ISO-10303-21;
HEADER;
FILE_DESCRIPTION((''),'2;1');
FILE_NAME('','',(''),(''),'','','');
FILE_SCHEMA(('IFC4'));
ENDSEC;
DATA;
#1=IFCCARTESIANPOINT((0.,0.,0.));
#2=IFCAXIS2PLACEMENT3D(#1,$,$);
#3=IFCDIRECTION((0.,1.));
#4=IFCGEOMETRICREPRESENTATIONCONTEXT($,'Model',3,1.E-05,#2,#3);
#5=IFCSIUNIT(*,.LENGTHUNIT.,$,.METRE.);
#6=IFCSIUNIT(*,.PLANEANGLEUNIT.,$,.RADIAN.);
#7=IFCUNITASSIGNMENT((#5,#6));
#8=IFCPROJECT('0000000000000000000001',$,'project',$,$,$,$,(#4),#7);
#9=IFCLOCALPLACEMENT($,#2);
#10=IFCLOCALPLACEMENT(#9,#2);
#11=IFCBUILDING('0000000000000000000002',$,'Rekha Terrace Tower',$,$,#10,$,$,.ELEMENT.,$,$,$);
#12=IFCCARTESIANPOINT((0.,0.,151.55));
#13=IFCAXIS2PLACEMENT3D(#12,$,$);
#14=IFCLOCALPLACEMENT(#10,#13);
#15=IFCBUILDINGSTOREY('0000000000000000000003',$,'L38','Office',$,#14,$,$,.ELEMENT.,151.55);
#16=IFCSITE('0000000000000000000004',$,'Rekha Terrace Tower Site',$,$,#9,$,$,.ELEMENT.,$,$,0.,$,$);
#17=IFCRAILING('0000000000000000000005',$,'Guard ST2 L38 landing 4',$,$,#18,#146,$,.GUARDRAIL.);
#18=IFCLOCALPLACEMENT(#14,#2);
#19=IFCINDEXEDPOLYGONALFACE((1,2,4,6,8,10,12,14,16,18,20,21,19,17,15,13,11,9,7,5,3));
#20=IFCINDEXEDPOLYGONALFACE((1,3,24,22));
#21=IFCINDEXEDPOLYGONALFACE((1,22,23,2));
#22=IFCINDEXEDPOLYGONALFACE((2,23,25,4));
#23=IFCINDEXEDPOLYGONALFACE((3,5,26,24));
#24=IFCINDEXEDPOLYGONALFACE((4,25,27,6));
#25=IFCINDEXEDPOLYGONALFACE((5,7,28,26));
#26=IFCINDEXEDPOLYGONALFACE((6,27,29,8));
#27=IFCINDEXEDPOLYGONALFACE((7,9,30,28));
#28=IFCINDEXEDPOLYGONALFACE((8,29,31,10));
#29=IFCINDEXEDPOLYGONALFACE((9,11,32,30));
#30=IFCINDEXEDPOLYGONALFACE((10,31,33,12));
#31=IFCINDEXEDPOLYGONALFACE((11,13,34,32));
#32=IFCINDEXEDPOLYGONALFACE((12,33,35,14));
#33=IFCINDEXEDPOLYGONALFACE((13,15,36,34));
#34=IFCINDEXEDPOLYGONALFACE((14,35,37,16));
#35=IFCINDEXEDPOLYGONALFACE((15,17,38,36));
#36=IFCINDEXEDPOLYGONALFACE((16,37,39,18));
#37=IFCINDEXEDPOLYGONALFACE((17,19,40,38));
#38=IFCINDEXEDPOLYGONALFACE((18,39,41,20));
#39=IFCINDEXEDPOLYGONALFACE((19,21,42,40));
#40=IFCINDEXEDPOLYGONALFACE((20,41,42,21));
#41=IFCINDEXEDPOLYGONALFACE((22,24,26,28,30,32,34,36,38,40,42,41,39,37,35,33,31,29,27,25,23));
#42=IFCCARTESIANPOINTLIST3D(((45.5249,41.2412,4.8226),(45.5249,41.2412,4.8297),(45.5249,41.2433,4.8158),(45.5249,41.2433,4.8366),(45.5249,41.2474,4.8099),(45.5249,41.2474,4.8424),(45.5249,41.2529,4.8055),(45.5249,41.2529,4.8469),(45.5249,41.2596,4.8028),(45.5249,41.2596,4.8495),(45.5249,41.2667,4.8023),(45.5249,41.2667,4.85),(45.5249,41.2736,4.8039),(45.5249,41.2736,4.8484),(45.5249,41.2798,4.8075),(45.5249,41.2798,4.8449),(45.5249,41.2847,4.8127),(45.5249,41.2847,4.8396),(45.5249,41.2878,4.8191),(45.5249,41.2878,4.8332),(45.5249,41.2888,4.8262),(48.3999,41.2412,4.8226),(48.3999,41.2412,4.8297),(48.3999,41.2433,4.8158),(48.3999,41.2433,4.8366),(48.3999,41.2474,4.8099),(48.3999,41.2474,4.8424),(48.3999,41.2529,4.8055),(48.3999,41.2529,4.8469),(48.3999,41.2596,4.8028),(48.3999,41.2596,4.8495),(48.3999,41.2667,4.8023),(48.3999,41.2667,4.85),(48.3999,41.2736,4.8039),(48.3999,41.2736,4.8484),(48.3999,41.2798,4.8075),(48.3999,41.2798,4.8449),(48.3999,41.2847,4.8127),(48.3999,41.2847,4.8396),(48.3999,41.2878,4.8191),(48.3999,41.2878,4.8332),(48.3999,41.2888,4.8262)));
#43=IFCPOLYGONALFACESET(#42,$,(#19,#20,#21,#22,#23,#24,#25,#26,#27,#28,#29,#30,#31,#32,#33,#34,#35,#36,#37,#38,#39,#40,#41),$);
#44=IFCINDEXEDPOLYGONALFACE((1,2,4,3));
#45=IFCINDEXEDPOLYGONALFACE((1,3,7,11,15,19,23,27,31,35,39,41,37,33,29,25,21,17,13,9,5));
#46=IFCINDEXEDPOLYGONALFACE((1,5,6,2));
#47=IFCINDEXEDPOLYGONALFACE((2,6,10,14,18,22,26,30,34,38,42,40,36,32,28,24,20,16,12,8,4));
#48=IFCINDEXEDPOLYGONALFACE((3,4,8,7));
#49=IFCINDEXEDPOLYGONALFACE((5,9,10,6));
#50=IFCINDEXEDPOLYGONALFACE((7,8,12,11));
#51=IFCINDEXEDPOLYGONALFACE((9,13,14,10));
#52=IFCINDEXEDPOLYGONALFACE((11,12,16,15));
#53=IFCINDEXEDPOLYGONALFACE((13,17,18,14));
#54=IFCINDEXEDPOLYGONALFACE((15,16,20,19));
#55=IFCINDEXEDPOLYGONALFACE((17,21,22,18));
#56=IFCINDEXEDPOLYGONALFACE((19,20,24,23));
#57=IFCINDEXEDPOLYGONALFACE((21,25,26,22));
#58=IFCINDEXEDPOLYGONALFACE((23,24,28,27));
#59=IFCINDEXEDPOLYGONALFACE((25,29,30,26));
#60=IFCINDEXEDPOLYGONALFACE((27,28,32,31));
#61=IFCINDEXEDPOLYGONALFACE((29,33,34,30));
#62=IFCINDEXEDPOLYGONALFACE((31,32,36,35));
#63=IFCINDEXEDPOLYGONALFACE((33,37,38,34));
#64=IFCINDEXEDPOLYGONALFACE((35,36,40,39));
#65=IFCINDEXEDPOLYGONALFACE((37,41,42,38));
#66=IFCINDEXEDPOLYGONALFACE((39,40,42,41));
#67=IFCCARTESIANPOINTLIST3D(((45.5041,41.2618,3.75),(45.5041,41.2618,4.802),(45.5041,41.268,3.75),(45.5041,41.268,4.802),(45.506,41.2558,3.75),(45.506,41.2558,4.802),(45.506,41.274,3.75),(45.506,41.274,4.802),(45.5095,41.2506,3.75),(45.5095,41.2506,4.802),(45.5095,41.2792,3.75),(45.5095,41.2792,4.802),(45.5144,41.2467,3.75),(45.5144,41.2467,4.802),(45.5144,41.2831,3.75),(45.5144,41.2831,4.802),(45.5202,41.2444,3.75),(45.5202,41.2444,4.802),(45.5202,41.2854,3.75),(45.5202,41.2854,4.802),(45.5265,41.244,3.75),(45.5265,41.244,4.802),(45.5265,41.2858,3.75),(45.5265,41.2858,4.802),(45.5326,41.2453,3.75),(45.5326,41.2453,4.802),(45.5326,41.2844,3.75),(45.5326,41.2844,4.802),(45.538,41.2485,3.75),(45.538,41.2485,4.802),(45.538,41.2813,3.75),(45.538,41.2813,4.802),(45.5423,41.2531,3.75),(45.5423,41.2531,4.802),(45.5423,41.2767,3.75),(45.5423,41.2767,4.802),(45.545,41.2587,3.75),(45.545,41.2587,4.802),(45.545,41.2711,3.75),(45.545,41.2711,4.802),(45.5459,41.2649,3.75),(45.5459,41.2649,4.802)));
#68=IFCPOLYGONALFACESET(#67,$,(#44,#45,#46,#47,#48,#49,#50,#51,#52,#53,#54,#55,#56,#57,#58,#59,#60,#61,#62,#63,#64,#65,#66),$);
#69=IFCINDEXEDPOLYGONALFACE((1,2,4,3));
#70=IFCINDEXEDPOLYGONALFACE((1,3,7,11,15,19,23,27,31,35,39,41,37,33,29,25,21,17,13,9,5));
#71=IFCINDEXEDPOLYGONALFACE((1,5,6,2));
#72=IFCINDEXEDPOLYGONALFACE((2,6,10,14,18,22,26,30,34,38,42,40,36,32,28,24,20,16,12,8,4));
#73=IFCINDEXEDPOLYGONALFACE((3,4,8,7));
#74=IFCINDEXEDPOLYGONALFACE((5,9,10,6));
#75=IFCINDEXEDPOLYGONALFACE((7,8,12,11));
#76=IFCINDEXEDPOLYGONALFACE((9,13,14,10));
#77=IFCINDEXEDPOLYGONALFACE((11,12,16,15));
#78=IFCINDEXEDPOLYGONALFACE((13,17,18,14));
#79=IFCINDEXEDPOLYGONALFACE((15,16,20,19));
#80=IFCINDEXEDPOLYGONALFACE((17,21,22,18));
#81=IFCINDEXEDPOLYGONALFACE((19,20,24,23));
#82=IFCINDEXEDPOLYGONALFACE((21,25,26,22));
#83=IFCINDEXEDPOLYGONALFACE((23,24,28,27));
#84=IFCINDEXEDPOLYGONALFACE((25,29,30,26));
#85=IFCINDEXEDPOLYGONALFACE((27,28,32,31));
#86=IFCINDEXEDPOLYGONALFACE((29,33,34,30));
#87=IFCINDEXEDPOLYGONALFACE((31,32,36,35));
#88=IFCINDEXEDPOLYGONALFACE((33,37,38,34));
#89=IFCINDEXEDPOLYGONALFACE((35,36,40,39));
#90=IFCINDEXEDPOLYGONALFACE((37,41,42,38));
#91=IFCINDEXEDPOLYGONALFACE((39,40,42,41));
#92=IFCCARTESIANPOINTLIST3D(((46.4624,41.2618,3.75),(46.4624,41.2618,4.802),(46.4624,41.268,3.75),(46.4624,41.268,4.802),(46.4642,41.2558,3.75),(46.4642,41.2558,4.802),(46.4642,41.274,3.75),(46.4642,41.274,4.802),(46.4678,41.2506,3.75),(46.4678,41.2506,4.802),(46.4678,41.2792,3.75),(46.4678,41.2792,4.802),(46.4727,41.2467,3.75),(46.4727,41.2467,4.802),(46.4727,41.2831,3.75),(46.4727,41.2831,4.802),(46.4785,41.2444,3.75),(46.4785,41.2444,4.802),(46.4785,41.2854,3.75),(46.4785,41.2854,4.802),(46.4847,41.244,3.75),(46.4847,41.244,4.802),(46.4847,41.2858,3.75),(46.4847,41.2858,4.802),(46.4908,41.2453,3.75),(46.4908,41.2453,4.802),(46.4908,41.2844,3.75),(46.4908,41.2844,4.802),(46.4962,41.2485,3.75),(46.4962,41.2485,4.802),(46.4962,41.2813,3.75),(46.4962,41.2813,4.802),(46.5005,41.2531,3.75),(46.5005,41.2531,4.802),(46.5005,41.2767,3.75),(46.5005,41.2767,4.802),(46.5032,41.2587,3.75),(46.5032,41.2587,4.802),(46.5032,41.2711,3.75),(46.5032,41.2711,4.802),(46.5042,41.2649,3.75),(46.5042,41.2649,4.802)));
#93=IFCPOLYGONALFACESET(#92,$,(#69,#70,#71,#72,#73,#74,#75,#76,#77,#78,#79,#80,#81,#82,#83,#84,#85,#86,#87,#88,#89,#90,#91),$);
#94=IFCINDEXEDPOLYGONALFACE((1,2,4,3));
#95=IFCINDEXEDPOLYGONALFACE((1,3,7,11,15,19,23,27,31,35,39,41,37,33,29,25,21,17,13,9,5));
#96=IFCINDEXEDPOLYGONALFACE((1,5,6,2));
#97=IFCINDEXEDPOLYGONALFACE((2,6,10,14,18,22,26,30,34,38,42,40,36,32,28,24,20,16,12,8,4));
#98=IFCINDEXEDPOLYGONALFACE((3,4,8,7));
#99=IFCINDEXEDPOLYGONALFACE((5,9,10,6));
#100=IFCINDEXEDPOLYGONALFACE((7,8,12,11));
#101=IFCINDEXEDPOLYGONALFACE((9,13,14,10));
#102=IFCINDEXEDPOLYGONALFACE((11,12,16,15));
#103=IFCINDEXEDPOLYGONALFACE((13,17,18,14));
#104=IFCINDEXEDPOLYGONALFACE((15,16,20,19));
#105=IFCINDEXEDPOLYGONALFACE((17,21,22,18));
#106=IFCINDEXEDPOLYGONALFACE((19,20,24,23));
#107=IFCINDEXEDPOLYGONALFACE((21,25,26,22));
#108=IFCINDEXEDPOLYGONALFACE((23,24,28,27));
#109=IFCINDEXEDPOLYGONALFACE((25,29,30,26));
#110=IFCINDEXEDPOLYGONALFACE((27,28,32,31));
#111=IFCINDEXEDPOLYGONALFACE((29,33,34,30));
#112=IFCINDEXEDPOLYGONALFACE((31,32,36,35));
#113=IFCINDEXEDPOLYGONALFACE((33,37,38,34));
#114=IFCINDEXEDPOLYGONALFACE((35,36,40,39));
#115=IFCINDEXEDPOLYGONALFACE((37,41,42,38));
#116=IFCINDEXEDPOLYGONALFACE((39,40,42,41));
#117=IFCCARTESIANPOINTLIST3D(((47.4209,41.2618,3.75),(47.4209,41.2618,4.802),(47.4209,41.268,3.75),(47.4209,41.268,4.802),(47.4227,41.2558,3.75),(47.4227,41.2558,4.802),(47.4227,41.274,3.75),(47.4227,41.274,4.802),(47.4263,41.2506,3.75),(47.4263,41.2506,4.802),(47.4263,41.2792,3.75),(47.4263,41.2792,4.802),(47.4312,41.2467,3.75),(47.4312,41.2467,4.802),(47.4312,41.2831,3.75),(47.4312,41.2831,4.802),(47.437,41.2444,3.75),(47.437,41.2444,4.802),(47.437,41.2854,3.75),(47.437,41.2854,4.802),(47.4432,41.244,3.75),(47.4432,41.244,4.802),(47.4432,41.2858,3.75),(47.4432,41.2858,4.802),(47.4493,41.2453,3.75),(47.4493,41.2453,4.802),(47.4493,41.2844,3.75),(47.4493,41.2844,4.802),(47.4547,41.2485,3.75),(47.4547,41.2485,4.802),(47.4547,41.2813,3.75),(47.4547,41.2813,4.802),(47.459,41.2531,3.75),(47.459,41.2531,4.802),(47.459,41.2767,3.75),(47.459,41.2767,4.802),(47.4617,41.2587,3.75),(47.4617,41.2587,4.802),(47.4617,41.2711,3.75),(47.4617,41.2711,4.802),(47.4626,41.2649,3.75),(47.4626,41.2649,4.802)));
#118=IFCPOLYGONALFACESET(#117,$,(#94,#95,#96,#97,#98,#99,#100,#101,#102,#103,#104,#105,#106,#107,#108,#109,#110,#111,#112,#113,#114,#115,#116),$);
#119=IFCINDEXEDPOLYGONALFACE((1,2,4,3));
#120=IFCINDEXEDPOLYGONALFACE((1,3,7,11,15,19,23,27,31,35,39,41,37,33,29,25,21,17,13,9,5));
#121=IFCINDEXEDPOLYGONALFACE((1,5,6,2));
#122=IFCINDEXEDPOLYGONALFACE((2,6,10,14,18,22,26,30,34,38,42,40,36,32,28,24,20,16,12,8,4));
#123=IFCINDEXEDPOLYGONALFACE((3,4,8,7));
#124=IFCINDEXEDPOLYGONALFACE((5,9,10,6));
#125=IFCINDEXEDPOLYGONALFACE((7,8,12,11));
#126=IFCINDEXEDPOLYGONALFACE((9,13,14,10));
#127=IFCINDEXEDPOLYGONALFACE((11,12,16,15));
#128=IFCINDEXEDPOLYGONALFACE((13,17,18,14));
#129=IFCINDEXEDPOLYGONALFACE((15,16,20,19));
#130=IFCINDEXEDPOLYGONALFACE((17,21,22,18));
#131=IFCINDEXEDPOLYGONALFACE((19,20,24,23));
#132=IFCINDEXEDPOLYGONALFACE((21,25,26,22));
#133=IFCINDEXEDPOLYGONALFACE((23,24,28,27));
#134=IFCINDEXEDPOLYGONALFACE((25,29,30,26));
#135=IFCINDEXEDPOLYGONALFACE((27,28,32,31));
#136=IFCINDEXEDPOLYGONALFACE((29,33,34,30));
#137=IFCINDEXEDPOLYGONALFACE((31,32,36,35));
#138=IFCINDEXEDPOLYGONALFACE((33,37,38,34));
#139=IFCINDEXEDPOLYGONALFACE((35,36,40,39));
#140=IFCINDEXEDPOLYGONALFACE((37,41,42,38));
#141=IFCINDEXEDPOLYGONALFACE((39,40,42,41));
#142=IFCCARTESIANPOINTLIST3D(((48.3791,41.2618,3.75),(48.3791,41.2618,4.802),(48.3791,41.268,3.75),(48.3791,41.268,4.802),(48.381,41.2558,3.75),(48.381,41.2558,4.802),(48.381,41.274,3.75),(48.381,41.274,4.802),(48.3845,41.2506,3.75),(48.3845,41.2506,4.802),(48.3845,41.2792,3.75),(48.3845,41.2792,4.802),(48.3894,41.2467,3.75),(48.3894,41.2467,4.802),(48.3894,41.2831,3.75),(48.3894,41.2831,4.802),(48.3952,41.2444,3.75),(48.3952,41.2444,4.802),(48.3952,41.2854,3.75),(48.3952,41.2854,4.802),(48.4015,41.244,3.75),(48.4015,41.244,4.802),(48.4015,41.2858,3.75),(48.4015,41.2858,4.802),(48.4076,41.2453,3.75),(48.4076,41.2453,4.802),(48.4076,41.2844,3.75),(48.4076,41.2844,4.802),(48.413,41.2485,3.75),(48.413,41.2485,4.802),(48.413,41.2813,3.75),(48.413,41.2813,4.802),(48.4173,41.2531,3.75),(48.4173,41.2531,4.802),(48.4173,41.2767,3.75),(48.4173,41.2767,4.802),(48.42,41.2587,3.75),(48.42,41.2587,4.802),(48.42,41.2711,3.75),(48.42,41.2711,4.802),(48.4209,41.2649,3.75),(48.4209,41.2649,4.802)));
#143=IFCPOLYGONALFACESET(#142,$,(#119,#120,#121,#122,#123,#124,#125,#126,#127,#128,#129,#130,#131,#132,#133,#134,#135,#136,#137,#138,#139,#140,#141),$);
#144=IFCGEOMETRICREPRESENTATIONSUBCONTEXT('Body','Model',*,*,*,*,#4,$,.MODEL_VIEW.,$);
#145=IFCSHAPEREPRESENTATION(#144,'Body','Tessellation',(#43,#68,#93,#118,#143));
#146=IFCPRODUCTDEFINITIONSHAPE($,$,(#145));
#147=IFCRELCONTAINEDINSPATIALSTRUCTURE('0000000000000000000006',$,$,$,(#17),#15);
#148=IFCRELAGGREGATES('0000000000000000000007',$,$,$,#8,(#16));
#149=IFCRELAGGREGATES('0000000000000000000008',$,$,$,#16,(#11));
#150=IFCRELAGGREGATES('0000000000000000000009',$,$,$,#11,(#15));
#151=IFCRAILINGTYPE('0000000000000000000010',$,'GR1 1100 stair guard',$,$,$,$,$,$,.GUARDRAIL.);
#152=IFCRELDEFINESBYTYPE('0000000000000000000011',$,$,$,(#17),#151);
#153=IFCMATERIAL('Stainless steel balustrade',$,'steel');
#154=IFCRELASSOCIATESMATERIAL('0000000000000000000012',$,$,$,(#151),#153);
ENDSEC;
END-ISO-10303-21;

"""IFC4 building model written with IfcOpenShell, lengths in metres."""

from ifc_helpers import new_model, si_unit, direction, frame, origin, origin_2d, place, context, subcontext, project, spatial, circle, extrude, material, type_object, element, save


model = new_model("IFC4")

# Units and contexts
model_context = context("Model", 3, precision=1e-05, world=origin(), true_north=direction((0.0, 1.0)))
body_context = subcontext(model_context, "Body", "Model", "MODEL_VIEW")
ifc_project = project(units=[si_unit("LENGTHUNIT", "METRE"), si_unit("PLANEANGLEUNIT", "RADIAN")], contexts=[model_context])

# Site, building, storey
site_placement = place(None, origin())
site = spatial("IfcSite", under=ifc_project, at=site_placement, Name="Rekha Terrace Tower Site", CompositionType="ELEMENT", RefElevation=0.0)
building_placement = place(site_placement, origin())
building = spatial("IfcBuilding", under=site, at=building_placement, Name="Rekha Terrace Tower", CompositionType="ELEMENT")
storey_placement = place(building_placement, frame((0.0, 0.0, 151.55)))
storey = spatial("IfcBuildingStorey", under=building, at=storey_placement, Name="L38", Description="Office", CompositionType="ELEMENT", Elevation=151.55)

# Railing
ifc_material_1 = material(Name="Stainless steel balustrade", Category="steel")
railing_type_1 = type_object("IfcRailingType", Name="GR1 1100 stair guard", PredefinedType="GUARDRAIL", material=ifc_material_1)
railing_1_placement = place(storey_placement, frame((45.5249, 41.2649, 3.75)))
element("IfcRailing", 1, at=railing_1_placement, inside=storey, type_object=railing_type_1, Name="Guard ST2 L38 landing 4", PredefinedType="GUARDRAIL", context=body_context, shape_type="SweptSolid", body=[
    extrude(circle(Radius=0.0239, at=origin_2d()), frame((0.0, 0.0, 1.0762), z_axis=(1.0, 0.0, 0.0), x_axis=(0.0, 1.0, 0.0)), (0.0, 0.0, 1.0), 2.875),
    extrude(circle(Radius=0.021, at=origin_2d()), origin(), (0.0, 0.0, 1.0), 1.052),
    extrude(circle(Radius=0.021, at=origin_2d()), frame((0.9583, 0.0, 0.0)), (0.0, 0.0, 1.0), 1.052),
    extrude(circle(Radius=0.021, at=origin_2d()), frame((1.9167, 0.0, 0.0)), (0.0, 0.0, 1.0), 1.052),
    extrude(circle(Radius=0.021, at=origin_2d()), frame((2.875, 0.0, 0.0)), (0.0, 0.0, 1.0), 1.052),
])

save(model, "model.ifc")
